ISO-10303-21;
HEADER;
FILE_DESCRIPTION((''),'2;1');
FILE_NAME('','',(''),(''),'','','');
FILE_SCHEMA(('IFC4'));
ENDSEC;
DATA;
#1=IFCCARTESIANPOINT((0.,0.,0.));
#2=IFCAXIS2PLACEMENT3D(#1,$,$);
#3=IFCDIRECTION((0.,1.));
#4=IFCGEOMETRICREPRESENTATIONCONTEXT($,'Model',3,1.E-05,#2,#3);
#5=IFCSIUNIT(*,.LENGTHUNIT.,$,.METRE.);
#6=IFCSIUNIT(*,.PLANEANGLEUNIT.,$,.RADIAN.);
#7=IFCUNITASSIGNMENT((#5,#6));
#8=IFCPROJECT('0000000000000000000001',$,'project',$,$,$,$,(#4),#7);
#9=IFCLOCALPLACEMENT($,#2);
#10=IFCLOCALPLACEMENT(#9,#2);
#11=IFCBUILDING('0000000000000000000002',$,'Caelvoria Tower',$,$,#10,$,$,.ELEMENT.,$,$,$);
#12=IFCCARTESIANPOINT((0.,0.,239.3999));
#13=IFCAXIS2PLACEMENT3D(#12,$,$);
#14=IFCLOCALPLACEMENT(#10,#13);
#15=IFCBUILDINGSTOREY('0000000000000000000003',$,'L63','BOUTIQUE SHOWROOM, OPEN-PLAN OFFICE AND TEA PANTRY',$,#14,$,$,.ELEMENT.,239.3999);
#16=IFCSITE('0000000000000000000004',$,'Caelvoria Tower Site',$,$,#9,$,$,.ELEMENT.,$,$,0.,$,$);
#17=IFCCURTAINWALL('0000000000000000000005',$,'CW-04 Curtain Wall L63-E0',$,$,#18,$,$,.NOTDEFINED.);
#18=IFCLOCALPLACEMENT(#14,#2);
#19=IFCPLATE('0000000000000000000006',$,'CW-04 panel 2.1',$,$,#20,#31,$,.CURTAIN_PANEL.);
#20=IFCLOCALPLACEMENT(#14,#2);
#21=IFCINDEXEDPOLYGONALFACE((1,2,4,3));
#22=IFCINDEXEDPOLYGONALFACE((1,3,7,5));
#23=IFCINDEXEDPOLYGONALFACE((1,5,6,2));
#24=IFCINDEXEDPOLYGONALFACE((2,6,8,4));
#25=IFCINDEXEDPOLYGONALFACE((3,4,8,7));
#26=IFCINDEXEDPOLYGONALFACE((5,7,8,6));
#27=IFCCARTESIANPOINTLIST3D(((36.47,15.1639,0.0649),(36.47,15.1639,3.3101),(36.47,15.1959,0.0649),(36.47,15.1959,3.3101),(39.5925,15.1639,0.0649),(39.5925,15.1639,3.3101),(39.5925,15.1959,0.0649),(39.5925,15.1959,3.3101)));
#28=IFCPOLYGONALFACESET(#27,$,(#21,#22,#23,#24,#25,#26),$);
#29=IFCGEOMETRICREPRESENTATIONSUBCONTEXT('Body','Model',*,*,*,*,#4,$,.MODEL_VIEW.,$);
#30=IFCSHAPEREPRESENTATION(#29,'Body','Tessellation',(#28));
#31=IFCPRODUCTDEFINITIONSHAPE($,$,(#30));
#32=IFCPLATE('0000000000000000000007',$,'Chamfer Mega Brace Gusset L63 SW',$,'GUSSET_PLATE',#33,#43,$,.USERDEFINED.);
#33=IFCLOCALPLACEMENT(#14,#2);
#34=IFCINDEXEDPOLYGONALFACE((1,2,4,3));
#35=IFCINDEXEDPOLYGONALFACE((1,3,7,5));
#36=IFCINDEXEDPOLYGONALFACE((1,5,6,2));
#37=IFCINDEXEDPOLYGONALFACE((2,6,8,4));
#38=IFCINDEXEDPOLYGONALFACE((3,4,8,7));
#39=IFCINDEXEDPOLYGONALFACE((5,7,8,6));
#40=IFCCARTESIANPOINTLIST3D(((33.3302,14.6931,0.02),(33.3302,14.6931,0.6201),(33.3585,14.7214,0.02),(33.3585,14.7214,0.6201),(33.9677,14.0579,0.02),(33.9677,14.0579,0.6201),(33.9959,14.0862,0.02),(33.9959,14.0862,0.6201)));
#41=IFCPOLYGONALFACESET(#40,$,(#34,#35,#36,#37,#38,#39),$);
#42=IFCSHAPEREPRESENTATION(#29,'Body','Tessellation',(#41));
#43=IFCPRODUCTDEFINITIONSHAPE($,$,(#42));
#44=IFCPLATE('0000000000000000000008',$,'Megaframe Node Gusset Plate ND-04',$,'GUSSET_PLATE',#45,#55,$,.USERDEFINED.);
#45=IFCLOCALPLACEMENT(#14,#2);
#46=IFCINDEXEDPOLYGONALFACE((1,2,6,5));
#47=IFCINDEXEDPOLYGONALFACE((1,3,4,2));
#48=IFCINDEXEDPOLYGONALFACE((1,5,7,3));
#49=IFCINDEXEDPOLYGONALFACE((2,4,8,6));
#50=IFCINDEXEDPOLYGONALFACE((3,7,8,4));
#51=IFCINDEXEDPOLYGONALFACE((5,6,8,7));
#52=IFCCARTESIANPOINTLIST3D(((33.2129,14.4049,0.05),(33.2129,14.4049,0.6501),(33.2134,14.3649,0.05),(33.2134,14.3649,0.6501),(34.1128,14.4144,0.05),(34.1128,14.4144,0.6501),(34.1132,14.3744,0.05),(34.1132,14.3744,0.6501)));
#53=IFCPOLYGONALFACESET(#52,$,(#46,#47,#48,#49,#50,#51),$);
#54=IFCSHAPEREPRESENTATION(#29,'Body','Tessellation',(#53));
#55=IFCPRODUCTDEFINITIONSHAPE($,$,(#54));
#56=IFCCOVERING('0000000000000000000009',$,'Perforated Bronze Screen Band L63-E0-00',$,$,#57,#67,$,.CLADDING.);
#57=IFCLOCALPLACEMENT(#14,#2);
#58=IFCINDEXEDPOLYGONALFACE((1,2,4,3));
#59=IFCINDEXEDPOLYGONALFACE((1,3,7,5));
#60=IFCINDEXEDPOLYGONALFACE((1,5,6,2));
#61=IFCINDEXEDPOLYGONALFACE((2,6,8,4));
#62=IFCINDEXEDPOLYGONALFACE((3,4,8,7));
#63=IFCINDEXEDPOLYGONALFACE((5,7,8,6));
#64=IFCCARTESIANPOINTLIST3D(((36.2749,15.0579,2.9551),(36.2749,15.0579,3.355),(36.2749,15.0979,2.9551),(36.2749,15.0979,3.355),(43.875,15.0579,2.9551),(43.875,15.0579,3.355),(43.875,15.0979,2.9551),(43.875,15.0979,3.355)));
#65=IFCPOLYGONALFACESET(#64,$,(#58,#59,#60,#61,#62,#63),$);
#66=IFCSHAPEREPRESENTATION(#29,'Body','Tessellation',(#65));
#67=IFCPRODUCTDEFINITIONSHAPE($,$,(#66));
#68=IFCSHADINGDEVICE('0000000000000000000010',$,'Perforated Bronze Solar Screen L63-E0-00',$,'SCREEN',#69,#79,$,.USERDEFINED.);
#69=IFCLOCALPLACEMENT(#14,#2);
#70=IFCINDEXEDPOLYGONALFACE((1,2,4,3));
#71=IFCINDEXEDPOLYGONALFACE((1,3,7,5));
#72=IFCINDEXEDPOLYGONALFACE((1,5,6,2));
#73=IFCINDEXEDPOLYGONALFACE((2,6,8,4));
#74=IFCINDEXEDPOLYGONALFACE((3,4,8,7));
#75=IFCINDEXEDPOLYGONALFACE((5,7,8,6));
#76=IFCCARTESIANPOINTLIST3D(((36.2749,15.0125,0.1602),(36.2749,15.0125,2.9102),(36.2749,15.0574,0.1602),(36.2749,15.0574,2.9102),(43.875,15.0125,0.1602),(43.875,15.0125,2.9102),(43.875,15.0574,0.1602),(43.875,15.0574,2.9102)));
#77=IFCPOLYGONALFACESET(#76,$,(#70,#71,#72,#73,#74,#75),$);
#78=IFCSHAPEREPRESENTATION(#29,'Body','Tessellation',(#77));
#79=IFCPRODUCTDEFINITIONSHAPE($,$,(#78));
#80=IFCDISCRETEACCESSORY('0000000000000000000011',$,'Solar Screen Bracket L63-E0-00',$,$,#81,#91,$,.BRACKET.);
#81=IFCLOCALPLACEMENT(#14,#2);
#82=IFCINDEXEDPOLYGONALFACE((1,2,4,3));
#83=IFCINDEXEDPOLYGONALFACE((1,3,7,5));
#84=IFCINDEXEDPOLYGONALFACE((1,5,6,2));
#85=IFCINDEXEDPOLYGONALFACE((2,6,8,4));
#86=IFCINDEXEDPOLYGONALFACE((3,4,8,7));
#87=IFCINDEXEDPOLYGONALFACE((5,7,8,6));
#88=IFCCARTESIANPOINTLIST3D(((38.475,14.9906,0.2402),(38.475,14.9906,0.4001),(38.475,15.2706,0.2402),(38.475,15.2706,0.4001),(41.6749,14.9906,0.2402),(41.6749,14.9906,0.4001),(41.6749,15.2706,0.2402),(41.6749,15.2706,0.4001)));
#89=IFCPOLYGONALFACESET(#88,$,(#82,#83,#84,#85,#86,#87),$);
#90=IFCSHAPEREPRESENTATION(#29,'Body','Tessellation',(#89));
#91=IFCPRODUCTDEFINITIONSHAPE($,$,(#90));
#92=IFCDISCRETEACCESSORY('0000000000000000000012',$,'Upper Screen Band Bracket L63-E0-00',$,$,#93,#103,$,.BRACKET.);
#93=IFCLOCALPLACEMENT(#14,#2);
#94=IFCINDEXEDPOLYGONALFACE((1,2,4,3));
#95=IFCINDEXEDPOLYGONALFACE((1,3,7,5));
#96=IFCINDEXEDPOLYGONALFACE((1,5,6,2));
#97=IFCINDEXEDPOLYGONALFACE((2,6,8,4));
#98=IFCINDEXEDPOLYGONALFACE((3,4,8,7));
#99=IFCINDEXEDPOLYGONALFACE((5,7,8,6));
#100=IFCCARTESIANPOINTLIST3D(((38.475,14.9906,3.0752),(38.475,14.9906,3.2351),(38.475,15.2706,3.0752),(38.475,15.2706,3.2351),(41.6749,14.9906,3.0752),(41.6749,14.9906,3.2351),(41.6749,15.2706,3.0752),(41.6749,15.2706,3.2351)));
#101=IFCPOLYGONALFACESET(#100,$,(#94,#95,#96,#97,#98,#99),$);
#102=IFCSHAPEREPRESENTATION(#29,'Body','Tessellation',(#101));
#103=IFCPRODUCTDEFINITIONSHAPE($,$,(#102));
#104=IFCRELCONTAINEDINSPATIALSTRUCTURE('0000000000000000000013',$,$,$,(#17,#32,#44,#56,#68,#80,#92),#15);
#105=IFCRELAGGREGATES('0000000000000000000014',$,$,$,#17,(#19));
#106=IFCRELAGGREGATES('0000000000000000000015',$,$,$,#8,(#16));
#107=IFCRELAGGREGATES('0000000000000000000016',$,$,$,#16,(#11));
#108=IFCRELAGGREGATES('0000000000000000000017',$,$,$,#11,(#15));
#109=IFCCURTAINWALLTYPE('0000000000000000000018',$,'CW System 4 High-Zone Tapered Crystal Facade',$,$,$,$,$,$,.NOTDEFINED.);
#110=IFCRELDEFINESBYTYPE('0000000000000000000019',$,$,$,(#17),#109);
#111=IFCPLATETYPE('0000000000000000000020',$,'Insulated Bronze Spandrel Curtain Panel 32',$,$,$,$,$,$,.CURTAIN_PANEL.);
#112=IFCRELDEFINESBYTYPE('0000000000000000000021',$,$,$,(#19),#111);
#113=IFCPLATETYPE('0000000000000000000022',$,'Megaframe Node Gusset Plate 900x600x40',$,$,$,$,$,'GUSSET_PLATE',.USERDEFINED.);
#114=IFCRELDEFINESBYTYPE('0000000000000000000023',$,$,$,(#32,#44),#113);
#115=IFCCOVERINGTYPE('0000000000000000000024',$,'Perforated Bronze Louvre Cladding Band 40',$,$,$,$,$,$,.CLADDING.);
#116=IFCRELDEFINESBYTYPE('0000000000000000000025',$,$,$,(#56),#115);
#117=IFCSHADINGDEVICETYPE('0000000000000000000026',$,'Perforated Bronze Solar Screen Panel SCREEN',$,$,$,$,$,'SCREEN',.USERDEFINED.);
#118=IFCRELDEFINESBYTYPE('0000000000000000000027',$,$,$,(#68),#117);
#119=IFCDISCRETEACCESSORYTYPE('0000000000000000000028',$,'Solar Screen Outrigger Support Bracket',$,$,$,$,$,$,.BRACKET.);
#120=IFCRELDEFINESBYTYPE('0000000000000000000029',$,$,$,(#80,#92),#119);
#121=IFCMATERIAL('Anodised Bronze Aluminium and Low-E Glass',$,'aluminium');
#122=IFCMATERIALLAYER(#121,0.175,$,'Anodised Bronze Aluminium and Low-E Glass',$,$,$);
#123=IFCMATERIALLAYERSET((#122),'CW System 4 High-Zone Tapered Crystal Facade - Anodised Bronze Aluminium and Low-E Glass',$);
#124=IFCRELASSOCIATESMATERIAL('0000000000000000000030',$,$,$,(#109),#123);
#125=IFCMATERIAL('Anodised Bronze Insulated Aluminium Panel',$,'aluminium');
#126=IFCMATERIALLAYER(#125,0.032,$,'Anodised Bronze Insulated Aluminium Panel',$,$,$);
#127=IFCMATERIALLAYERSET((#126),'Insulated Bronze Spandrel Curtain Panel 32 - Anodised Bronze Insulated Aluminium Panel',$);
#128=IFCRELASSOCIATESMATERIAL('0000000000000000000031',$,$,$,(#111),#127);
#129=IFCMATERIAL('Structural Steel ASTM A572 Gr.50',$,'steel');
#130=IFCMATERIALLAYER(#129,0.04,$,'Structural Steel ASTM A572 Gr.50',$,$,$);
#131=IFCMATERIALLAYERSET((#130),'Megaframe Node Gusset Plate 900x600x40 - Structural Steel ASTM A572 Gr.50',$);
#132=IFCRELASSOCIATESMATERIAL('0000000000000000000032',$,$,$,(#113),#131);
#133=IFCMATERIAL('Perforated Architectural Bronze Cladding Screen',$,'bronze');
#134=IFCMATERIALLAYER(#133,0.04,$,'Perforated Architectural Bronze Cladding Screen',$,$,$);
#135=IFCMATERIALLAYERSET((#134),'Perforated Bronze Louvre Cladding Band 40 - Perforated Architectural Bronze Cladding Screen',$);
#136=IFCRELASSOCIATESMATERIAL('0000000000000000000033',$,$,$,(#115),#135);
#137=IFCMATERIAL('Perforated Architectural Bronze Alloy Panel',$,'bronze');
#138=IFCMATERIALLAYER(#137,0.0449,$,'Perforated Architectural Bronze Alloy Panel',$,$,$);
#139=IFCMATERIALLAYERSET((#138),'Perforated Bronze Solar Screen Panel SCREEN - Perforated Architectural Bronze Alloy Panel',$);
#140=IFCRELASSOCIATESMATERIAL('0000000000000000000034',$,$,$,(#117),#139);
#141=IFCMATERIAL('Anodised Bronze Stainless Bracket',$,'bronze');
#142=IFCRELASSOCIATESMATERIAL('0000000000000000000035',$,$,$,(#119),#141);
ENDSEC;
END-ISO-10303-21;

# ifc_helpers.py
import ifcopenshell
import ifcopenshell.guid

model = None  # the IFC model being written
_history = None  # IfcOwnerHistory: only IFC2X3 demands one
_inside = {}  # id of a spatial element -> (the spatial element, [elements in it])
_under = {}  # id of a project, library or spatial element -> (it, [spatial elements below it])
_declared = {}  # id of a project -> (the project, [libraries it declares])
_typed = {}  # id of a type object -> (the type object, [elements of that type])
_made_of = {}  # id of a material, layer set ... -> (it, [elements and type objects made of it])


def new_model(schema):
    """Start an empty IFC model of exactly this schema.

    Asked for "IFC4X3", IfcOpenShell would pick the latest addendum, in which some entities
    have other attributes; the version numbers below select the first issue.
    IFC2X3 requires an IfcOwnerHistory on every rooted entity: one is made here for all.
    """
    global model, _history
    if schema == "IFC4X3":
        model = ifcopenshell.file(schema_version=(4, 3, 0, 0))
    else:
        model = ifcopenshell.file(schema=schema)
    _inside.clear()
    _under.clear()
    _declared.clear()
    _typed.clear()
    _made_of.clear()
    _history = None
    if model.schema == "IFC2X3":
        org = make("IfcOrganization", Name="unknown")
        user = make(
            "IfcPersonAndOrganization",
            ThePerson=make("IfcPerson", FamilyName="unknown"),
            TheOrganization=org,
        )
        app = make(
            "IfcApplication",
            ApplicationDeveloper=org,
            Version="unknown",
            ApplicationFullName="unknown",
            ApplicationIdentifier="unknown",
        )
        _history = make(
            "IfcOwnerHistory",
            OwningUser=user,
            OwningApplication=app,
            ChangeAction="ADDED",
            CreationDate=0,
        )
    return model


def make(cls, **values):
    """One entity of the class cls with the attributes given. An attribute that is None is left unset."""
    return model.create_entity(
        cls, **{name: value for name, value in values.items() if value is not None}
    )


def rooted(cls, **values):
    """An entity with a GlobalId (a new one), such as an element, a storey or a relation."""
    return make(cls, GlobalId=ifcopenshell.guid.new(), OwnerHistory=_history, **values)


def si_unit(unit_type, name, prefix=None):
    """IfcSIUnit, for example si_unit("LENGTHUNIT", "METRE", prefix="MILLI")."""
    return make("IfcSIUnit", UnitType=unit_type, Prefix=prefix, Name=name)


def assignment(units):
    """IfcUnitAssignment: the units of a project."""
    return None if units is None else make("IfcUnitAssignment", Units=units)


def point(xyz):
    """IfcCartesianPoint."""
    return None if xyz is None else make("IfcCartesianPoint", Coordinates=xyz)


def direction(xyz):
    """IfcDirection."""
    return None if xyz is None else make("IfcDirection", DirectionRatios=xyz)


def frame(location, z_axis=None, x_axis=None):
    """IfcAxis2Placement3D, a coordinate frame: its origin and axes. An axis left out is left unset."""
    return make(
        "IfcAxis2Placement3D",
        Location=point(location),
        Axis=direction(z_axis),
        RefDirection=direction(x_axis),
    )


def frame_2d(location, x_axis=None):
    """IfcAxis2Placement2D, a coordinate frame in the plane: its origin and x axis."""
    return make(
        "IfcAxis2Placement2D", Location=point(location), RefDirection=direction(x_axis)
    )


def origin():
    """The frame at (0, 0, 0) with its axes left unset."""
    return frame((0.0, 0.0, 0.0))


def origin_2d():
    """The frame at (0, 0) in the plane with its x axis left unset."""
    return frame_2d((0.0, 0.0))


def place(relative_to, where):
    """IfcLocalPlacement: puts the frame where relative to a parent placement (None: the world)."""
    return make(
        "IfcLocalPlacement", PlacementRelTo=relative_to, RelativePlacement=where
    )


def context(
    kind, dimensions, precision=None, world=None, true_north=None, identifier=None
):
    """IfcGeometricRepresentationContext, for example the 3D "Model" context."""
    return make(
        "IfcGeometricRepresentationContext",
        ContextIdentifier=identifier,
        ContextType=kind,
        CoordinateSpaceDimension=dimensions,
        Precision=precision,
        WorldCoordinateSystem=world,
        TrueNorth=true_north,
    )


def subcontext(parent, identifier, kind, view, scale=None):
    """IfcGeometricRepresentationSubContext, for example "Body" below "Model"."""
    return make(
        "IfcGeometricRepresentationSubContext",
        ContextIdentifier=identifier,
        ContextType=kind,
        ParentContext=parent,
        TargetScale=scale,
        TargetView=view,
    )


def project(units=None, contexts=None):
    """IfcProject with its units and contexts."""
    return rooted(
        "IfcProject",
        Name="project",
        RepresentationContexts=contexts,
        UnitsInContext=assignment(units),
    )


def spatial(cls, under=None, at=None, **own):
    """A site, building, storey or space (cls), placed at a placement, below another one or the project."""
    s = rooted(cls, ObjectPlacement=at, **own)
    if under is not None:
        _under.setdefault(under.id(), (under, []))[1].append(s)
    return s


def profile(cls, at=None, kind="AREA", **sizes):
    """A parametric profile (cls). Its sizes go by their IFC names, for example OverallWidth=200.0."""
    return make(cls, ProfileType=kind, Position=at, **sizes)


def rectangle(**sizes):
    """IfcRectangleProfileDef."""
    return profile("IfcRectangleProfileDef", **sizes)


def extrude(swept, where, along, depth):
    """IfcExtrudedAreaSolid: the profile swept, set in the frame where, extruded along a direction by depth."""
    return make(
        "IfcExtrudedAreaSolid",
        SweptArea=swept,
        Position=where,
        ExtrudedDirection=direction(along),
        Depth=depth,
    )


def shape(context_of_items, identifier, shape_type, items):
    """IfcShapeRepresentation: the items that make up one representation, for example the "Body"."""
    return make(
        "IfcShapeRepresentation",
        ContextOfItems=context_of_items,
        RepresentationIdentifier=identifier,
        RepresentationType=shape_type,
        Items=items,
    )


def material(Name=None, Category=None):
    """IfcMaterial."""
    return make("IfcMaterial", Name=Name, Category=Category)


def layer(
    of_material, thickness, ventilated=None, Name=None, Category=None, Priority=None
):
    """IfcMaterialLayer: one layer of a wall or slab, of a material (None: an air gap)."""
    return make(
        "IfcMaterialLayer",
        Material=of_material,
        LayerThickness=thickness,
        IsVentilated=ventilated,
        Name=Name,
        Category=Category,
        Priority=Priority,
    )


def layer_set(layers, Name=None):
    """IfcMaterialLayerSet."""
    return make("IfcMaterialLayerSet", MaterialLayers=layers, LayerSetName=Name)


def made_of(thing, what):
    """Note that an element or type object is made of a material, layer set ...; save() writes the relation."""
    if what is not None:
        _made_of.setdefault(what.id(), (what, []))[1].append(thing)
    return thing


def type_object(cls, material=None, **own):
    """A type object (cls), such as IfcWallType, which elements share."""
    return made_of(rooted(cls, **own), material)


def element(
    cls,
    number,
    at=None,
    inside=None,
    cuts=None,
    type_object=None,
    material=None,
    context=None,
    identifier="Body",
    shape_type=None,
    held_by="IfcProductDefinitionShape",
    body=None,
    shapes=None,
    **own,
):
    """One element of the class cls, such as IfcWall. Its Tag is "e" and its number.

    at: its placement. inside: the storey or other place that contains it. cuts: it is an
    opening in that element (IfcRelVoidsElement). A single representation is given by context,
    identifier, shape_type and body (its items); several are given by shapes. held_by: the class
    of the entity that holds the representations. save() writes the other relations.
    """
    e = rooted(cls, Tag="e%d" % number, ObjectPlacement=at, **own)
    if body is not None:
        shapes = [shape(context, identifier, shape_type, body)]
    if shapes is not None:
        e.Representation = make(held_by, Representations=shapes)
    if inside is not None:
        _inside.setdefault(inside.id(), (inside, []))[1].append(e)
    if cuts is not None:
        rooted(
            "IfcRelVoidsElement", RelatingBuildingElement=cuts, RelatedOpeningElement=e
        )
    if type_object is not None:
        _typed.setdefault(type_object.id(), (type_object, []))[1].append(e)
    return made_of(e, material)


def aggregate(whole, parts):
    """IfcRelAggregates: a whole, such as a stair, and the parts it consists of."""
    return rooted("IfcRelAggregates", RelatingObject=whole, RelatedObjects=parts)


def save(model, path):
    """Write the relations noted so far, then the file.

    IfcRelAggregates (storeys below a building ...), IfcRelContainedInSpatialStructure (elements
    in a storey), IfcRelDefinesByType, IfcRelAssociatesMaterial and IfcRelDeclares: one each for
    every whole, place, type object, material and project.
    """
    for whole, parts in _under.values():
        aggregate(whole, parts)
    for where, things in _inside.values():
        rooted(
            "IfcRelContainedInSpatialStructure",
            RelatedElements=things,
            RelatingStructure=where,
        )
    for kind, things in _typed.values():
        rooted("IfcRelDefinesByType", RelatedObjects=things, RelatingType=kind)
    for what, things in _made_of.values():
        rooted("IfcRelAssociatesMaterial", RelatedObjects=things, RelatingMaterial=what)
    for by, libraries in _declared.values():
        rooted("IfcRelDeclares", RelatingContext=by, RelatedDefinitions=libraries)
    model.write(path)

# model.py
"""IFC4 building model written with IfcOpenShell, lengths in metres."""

from ifc_helpers import new_model, si_unit, direction, frame, origin, origin_2d, place, context, subcontext, project, spatial, rectangle, extrude, material, layer, layer_set, type_object, element, aggregate, save


model = new_model("IFC4")

# Units and contexts
model_context = context("Model", 3, precision=1e-05, world=origin(), true_north=direction((0.0, 1.0)))
body_context = subcontext(model_context, "Body", "Model", "MODEL_VIEW")
ifc_project = project(units=[si_unit("LENGTHUNIT", "METRE"), si_unit("PLANEANGLEUNIT", "RADIAN")], contexts=[model_context])

# Site, building, storey
site_placement = place(None, origin())
site = spatial("IfcSite", under=ifc_project, at=site_placement, Name="Caelvoria Tower Site", CompositionType="ELEMENT", RefElevation=0.0)
building_placement = place(site_placement, origin())
building = spatial("IfcBuilding", under=site, at=building_placement, Name="Caelvoria Tower", CompositionType="ELEMENT")
storey_placement = place(building_placement, frame((0.0, 0.0, 239.3999)))
storey = spatial("IfcBuildingStorey", under=building, at=storey_placement, Name="L63", Description="BOUTIQUE SHOWROOM, OPEN-PLAN OFFICE AND TEA PANTRY", CompositionType="ELEMENT", Elevation=239.3999)

# Shared definitions
ifc_material_1 = material(Name="Structural Steel ASTM A572 Gr.50", Category="steel")

# Curtain wall
ifc_material_2 = material(Name="Anodised Bronze Aluminium and Low-E Glass", Category="aluminium")
ifc_layer_1 = layer(ifc_material_2, 0.175, Name="Anodised Bronze Aluminium and Low-E Glass")
ifc_layer_set_1 = layer_set([ifc_layer_1], Name="CW System 4 High-Zone Tapered Crystal Facade - Anodised Bronze Aluminium and Low-E Glass")
curtain_wall_type = type_object("IfcCurtainWallType", Name="CW System 4 High-Zone Tapered Crystal Facade", PredefinedType="NOTDEFINED", material=ifc_layer_set_1)
curtain_wall_1_placement = place(storey_placement, origin())
curtain_wall_1 = element("IfcCurtainWall", 1, at=curtain_wall_1_placement, inside=storey, type_object=curtain_wall_type, Name="CW-04 Curtain Wall L63-E0", PredefinedType="NOTDEFINED")

# Plate
ifc_material_3 = material(Name="Anodised Bronze Insulated Aluminium Panel", Category="aluminium")
ifc_layer_2 = layer(ifc_material_3, 0.032, Name="Anodised Bronze Insulated Aluminium Panel")
ifc_layer_set_2 = layer_set([ifc_layer_2], Name="Insulated Bronze Spandrel Curtain Panel 32 - Anodised Bronze Insulated Aluminium Panel")
plate_type_1 = type_object("IfcPlateType", Name="Insulated Bronze Spandrel Curtain Panel 32", PredefinedType="CURTAIN_PANEL", material=ifc_layer_set_2)
plate_1_placement = place(storey_placement, frame((38.0312, 15.1799, 0.0649), z_axis=(0.0, 0.0, 1.0), x_axis=(1.0, 0.0, 0.0)))
plate_1 = element("IfcPlate", 2, at=plate_1_placement, type_object=plate_type_1, Name="CW-04 panel 2.1", PredefinedType="CURTAIN_PANEL", context=body_context, shape_type="SweptSolid", body=[
    extrude(rectangle(XDim=3.1226, YDim=0.032, at=origin_2d()), origin(), (0.0, 0.0, 1.0), 3.2451),
])
aggregate(curtain_wall_1, [plate_1])

# Plates
ifc_layer_3 = layer(ifc_material_1, 0.04, Name="Structural Steel ASTM A572 Gr.50")
ifc_layer_set_3 = layer_set([ifc_layer_3], Name="Megaframe Node Gusset Plate 900x600x40 - Structural Steel ASTM A572 Gr.50")
plate_type_2 = type_object("IfcPlateType", Name="Megaframe Node Gusset Plate 900x600x40", ElementType="GUSSET_PLATE", PredefinedType="USERDEFINED", material=ifc_layer_set_3)
for number, where, z_axis, x_axis, name in (
    (3, (33.6631, 14.3896, 0.02), (0.0, 0.0, 1.0), (-0.708358, 0.705853, 0.0), "Chamfer Mega Brace Gusset L63 SW"),
    (4, (33.6631, 14.3896, 0.05), (0.0, 0.0, 1.0), (0.999944, 0.010561, 0.0), "Megaframe Node Gusset Plate ND-04"),
):
    element("IfcPlate", number, at=place(storey_placement, frame(where, z_axis=z_axis, x_axis=x_axis)), inside=storey, type_object=plate_type_2, Name=name, ObjectType="GUSSET_PLATE", PredefinedType="USERDEFINED", context=body_context, shape_type="SweptSolid", body=[
        extrude(rectangle(XDim=0.8999, YDim=0.04, at=origin_2d()), origin(), (0.0, 0.0, 1.0), 0.6001),
    ])

# Covering
ifc_material_4 = material(Name="Perforated Architectural Bronze Cladding Screen", Category="bronze")
ifc_layer_4 = layer(ifc_material_4, 0.04, Name="Perforated Architectural Bronze Cladding Screen")
ifc_layer_set_4 = layer_set([ifc_layer_4], Name="Perforated Bronze Louvre Cladding Band 40 - Perforated Architectural Bronze Cladding Screen")
covering_type = type_object("IfcCoveringType", Name="Perforated Bronze Louvre Cladding Band 40", PredefinedType="CLADDING", material=ifc_layer_set_4)
covering_placement = place(storey_placement, frame((40.075, 15.0779, 2.9551), z_axis=(0.0, 0.0, 1.0), x_axis=(1.0, 0.0, 0.0)))
element("IfcCovering", 5, at=covering_placement, inside=storey, type_object=covering_type, Name="Perforated Bronze Screen Band L63-E0-00", PredefinedType="CLADDING", context=body_context, shape_type="SweptSolid", body=[
    extrude(rectangle(XDim=7.6001, YDim=0.04, at=origin_2d()), origin(), (0.0, 0.0, 1.0), 0.3999),
])

# Shading device
ifc_material_5 = material(Name="Perforated Architectural Bronze Alloy Panel", Category="bronze")
ifc_layer_5 = layer(ifc_material_5, 0.0449, Name="Perforated Architectural Bronze Alloy Panel")
ifc_layer_set_5 = layer_set([ifc_layer_5], Name="Perforated Bronze Solar Screen Panel SCREEN - Perforated Architectural Bronze Alloy Panel")
shading_device_type = type_object("IfcShadingDeviceType", Name="Perforated Bronze Solar Screen Panel SCREEN", ElementType="SCREEN", PredefinedType="USERDEFINED", material=ifc_layer_set_5)
shading_device_placement = place(storey_placement, frame((40.075, 15.0349, 0.1602), z_axis=(0.0, 0.0, 1.0), x_axis=(1.0, 0.0, 0.0)))
element("IfcShadingDevice", 6, at=shading_device_placement, inside=storey, type_object=shading_device_type, Name="Perforated Bronze Solar Screen L63-E0-00", ObjectType="SCREEN", PredefinedType="USERDEFINED", context=body_context, shape_type="SweptSolid", body=[
    extrude(rectangle(XDim=7.6001, YDim=0.0449, at=origin_2d()), origin(), (0.0, 0.0, 1.0), 2.75),
])

# Discrete accessories
ifc_material_6 = material(Name="Anodised Bronze Stainless Bracket", Category="bronze")
discrete_accessory_type = type_object("IfcDiscreteAccessoryType", Name="Solar Screen Outrigger Support Bracket", PredefinedType="BRACKET", material=ifc_material_6)
for number, where, z_axis, x_axis, name in (
    (7, (40.075, 15.1306, 0.2402), (0.0, 0.0, 1.0), (1.0, 0.0, 0.0), "Solar Screen Bracket L63-E0-00"),
    (8, (40.075, 15.1306, 3.0752), (0.0, 0.0, 1.0), (1.0, 0.0, 0.0), "Upper Screen Band Bracket L63-E0-00"),
):
    element("IfcDiscreteAccessory", number, at=place(storey_placement, frame(where, z_axis=z_axis, x_axis=x_axis)), inside=storey, type_object=discrete_accessory_type, Name=name, PredefinedType="BRACKET", context=body_context, shape_type="SweptSolid", body=[
        extrude(rectangle(XDim=3.2, YDim=0.28, at=origin_2d()), origin(), (0.0, 0.0, 1.0), 0.1599),
    ])

save(model, "model.ifc")
